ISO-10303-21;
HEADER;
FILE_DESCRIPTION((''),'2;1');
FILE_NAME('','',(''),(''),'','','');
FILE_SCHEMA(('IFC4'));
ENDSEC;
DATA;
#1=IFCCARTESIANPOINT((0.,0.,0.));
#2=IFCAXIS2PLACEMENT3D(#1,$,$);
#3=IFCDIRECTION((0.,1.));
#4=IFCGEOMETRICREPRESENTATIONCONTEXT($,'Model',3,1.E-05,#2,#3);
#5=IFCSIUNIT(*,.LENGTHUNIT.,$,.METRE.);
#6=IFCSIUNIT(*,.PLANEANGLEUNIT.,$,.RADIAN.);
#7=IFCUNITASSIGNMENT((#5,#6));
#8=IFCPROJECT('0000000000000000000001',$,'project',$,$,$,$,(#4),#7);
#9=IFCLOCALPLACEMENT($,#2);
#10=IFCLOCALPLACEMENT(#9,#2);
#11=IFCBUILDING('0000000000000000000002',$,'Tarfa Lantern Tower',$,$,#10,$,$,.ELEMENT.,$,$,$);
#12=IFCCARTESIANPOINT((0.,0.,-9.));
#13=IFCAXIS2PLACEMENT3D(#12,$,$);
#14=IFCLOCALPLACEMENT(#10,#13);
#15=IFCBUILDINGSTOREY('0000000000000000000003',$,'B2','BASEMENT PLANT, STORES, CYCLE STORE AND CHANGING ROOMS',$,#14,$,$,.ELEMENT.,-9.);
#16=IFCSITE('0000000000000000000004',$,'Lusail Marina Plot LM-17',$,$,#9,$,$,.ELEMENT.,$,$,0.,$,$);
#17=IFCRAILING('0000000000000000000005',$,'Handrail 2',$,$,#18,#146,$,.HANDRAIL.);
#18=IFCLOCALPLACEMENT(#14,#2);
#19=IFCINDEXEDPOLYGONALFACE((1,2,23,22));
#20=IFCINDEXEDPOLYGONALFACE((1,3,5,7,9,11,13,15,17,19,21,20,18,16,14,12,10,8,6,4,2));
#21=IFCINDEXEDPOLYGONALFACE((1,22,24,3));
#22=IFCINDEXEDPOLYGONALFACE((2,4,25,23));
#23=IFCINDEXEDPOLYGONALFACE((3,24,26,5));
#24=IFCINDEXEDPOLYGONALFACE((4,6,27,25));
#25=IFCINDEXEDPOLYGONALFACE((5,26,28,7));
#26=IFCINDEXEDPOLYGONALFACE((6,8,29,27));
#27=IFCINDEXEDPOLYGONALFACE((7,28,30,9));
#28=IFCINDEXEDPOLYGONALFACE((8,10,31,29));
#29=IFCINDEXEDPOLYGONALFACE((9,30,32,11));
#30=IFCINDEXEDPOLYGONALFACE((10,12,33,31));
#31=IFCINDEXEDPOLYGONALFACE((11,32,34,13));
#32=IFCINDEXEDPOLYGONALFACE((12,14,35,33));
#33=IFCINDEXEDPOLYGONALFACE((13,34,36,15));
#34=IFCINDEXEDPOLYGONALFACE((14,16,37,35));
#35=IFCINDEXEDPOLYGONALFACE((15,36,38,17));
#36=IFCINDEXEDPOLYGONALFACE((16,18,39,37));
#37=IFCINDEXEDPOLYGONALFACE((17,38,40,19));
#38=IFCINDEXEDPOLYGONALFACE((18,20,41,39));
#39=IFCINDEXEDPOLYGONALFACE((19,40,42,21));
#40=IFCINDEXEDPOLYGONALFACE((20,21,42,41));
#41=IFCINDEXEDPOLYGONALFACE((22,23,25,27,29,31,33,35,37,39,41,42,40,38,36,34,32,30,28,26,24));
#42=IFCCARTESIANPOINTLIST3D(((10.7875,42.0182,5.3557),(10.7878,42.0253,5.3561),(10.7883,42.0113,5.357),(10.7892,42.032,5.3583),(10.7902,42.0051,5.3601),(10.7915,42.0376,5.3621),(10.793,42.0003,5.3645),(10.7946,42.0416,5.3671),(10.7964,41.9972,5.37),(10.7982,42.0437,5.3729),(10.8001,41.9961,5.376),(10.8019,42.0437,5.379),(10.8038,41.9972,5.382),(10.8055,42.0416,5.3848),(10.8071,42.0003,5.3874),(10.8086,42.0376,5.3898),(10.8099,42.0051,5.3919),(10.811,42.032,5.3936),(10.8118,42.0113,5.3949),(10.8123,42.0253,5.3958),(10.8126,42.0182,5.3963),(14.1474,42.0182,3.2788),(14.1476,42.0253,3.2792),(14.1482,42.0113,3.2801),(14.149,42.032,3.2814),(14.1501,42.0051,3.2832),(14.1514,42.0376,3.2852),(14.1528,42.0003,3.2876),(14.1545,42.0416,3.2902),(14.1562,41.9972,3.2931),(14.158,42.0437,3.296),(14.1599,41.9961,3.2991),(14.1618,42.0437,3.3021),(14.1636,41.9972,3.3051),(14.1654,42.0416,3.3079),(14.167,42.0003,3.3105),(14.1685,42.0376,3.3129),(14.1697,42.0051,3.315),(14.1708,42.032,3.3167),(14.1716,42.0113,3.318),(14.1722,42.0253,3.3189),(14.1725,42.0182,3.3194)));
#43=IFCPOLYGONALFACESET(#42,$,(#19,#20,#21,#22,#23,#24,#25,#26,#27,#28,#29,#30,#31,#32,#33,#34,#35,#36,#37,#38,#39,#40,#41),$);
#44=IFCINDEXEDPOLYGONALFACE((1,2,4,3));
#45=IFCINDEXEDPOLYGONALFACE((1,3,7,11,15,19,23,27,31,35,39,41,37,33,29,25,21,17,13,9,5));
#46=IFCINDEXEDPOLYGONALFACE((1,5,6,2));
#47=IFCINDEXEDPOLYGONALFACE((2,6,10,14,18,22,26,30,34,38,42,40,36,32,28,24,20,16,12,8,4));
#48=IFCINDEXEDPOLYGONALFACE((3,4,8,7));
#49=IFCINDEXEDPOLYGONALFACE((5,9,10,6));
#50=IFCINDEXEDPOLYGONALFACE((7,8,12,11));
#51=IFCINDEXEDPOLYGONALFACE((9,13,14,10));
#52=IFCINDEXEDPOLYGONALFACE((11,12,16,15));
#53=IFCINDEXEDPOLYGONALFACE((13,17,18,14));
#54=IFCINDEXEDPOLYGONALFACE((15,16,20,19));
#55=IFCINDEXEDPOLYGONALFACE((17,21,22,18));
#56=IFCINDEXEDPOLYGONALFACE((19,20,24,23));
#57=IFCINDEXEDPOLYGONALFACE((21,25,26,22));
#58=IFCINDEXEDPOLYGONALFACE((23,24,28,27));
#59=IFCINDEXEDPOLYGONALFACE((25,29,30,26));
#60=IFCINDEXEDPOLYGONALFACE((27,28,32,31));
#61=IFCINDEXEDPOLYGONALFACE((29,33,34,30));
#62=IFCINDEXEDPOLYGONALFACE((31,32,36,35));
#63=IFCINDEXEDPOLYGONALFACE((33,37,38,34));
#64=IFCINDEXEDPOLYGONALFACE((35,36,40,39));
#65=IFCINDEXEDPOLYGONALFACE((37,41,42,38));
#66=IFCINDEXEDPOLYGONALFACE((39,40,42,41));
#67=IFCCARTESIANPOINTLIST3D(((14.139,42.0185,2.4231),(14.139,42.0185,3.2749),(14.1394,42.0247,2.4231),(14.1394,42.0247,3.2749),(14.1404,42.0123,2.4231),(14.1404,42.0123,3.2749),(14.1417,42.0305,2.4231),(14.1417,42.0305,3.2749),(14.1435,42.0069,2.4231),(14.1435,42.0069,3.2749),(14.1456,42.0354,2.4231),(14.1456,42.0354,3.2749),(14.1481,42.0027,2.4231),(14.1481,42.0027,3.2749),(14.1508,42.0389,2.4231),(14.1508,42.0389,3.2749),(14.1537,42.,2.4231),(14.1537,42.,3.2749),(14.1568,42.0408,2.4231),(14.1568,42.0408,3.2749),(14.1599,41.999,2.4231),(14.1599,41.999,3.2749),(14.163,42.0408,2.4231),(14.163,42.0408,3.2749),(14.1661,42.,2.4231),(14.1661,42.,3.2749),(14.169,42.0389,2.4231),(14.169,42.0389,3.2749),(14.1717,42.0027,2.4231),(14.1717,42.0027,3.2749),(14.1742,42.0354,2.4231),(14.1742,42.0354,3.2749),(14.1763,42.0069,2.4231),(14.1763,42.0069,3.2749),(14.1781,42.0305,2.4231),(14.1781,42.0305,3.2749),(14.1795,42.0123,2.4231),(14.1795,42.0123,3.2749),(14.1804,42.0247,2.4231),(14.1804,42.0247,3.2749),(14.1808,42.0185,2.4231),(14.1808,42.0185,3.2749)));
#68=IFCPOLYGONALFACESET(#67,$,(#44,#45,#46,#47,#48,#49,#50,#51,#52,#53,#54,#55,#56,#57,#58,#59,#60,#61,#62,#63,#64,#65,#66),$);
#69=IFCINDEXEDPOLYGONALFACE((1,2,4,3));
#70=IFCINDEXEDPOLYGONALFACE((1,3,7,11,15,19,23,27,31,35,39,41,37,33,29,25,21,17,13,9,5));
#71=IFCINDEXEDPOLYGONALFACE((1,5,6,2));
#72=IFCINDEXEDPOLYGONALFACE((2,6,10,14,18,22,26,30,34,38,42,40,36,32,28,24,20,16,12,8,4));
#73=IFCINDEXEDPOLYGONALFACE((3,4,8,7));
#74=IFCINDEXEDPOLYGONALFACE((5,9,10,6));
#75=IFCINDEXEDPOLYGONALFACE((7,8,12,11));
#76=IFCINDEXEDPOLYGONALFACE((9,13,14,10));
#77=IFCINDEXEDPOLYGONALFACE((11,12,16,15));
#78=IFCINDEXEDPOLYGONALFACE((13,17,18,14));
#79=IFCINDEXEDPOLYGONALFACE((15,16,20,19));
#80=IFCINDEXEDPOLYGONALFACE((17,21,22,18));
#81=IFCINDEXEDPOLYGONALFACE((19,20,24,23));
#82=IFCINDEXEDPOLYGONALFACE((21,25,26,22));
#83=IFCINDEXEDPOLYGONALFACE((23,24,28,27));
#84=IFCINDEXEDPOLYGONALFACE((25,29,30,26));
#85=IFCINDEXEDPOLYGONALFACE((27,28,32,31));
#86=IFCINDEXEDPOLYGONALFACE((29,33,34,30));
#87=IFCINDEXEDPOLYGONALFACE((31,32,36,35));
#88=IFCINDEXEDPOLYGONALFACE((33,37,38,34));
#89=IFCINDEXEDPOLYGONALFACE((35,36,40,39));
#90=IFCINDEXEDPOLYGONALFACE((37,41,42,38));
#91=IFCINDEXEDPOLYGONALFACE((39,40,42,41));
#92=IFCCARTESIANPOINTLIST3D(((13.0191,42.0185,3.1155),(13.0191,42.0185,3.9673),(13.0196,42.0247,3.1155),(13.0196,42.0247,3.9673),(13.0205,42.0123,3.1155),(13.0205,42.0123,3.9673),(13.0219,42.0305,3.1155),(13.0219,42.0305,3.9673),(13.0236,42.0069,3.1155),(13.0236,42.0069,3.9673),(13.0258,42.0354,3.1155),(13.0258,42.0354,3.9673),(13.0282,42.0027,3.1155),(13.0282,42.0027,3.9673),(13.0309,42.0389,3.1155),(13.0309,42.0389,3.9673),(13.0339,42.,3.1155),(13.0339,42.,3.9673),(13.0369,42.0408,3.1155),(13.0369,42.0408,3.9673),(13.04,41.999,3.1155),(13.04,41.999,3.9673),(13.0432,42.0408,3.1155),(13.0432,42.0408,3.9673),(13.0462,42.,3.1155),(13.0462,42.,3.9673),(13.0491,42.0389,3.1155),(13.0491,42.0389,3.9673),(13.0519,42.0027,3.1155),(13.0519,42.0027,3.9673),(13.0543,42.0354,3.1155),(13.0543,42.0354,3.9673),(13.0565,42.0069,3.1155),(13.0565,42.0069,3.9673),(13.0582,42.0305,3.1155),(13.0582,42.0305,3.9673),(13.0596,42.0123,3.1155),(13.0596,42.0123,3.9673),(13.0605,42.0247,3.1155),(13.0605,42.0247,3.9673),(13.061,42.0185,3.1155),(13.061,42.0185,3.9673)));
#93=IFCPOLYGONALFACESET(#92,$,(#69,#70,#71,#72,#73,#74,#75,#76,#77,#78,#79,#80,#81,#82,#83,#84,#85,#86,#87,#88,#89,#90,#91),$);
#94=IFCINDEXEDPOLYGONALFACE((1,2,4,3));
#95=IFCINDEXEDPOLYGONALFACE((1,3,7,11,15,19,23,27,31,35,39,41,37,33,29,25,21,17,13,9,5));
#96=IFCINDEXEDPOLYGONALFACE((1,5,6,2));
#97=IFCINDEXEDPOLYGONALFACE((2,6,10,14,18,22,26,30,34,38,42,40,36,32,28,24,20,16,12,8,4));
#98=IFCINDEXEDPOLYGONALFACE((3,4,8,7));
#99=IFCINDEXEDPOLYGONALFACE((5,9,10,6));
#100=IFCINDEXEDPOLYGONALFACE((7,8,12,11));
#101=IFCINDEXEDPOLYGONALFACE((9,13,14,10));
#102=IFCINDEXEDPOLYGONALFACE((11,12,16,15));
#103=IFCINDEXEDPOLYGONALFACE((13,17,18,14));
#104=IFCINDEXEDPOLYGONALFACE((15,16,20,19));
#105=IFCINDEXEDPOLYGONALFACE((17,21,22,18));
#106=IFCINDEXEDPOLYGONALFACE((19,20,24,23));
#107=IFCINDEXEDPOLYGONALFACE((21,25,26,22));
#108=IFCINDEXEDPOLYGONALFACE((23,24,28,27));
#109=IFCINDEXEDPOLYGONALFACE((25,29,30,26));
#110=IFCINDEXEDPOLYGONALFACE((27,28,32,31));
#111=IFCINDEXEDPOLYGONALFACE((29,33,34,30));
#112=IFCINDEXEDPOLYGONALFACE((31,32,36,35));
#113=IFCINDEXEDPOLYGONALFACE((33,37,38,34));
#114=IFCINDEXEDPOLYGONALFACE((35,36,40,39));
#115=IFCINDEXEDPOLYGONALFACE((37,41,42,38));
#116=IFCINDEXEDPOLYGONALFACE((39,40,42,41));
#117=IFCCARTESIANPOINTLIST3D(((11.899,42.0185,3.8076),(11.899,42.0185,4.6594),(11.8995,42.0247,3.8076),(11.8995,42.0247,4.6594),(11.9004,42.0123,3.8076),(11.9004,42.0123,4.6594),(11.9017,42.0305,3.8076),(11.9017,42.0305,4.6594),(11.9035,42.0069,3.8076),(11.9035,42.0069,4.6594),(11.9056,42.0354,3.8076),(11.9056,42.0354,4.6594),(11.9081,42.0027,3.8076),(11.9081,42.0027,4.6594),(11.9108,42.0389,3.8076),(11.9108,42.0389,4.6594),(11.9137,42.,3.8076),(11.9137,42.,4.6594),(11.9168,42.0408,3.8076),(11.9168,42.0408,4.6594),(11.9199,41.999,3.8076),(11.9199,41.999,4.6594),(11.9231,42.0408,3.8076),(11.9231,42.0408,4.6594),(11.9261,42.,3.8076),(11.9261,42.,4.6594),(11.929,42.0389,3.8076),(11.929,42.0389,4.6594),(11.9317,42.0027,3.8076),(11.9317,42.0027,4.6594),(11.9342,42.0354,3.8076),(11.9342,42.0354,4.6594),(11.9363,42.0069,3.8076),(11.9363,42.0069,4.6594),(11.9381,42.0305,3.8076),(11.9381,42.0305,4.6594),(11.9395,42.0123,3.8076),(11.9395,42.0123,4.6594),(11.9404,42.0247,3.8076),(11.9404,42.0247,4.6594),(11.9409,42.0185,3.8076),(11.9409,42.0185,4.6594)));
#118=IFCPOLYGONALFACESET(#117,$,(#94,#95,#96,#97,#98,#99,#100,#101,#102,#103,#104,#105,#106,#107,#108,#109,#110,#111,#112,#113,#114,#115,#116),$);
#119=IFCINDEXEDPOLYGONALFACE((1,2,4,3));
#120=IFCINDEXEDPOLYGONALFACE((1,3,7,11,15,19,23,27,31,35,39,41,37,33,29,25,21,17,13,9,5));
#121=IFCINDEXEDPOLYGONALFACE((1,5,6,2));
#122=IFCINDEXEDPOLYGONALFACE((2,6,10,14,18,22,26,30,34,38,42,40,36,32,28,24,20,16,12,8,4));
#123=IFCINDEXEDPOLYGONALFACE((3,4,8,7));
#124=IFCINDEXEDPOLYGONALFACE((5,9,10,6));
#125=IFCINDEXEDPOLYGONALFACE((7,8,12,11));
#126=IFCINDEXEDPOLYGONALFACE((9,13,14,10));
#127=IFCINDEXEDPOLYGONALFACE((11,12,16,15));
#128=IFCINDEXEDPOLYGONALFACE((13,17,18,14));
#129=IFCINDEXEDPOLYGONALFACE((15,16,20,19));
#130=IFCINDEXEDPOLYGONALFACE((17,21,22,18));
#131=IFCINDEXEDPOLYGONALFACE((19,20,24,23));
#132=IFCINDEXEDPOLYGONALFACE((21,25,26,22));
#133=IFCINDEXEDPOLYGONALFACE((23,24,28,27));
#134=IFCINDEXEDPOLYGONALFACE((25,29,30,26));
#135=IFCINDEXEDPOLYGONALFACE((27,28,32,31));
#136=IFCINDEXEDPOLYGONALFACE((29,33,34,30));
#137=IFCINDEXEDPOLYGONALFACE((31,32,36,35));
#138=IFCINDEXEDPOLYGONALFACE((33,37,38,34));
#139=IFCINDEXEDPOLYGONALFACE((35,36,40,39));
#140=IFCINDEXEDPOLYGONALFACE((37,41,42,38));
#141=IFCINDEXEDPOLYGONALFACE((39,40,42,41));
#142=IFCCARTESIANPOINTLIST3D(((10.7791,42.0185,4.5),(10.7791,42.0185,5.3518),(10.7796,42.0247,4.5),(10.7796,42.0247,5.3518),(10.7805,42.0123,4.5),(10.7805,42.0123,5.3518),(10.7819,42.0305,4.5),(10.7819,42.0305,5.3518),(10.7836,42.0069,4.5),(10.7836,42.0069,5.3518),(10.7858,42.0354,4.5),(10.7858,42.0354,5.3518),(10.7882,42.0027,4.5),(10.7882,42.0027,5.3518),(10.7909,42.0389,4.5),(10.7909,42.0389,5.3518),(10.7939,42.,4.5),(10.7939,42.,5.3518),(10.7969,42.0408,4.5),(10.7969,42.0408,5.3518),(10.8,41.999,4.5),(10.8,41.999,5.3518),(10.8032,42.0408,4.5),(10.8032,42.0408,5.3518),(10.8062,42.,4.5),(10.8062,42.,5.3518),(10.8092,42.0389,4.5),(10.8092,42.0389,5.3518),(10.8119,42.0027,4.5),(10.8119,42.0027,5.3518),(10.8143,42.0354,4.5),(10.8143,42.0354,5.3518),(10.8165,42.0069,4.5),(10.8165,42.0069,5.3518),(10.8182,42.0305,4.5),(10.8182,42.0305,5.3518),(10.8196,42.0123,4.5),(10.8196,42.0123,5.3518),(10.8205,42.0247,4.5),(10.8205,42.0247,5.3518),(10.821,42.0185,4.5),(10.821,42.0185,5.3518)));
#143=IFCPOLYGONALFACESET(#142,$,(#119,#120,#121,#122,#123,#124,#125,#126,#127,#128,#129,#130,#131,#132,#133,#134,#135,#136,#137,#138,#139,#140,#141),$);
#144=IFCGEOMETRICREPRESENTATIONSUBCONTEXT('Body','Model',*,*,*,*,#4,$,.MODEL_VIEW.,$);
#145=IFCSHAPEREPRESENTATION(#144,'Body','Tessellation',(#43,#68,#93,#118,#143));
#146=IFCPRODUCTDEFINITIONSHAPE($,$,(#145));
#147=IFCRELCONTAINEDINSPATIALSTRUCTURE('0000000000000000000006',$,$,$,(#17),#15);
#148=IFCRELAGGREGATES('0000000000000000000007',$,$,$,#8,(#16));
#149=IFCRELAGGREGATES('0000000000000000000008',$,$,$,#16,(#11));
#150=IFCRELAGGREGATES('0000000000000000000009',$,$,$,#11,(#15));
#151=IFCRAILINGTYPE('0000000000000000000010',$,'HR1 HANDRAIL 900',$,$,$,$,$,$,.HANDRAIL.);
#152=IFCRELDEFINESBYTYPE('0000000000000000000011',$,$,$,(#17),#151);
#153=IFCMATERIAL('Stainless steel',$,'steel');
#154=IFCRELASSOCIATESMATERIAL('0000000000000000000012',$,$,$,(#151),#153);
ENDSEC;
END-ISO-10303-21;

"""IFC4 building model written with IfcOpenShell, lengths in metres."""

from ifc_helpers import new_model, si_unit, direction, frame, origin, origin_2d, place, context, subcontext, project, spatial, circle, extrude, material, type_object, element, save


model = new_model("IFC4")

# Units and contexts
model_context = context("Model", 3, precision=1e-05, world=origin(), true_north=direction((0.0, 1.0)))
body_context = subcontext(model_context, "Body", "Model", "MODEL_VIEW")
ifc_project = project(units=[si_unit("LENGTHUNIT", "METRE"), si_unit("PLANEANGLEUNIT", "RADIAN")], contexts=[model_context])

# Site, building, storey
site_placement = place(None, origin())
site = spatial("IfcSite", under=ifc_project, at=site_placement, Name="Lusail Marina Plot LM-17", CompositionType="ELEMENT", RefElevation=0.0)
building_placement = place(site_placement, origin())
building = spatial("IfcBuilding", under=site, at=building_placement, Name="Tarfa Lantern Tower", CompositionType="ELEMENT")
storey_placement = place(building_placement, frame((0.0, 0.0, -9.0)))
storey = spatial("IfcBuildingStorey", under=building, at=storey_placement, Name="B2", Description="BASEMENT PLANT, STORES, CYCLE STORE AND CHANGING ROOMS", CompositionType="ELEMENT", Elevation=-9.0)

# Railing
ifc_material_1 = material(Name="Stainless steel", Category="steel")
railing_type = type_object("IfcRailingType", Name="HR1 HANDRAIL 900", PredefinedType="HANDRAIL", material=ifc_material_1)
railing_1_placement = place(storey_placement, frame((14.1599, 42.02, 2.4231)))
element("IfcRailing", 1, at=railing_1_placement, inside=storey, type_object=railing_type, Name="Handrail 2", PredefinedType="HANDRAIL", context=body_context, shape_type="SweptSolid", body=[
    extrude(circle(Radius=0.0239, at=origin_2d()), frame((0.0, 0.0, 0.876), z_axis=(-0.850606, 0.0, 0.525803), x_axis=(0.0, -1.0, 0.0)), (0.0, 0.0, 1.0), 3.95),
    extrude(circle(Radius=0.021, at=origin_2d()), frame((0.0, 0.0, 0.0), z_axis=(0.0, 0.0, 1.0), x_axis=(0.0, -1.0, 0.0)), (0.0, 0.0, 1.0), 0.8518),
    extrude(circle(Radius=0.021, at=origin_2d()), frame((-1.1199, 0.0, 0.6924), z_axis=(0.0, 0.0, 1.0), x_axis=(0.0, -1.0, 0.0)), (0.0, 0.0, 1.0), 0.8518),
    extrude(circle(Radius=0.021, at=origin_2d()), frame((-2.24, 0.0, 1.3845), z_axis=(0.0, 0.0, 1.0), x_axis=(0.0, -1.0, 0.0)), (0.0, 0.0, 1.0), 0.8518),
    extrude(circle(Radius=0.021, at=origin_2d()), frame((-3.3599, 0.0, 2.0769), z_axis=(0.0, 0.0, 1.0), x_axis=(0.0, -1.0, 0.0)), (0.0, 0.0, 1.0), 0.8518),
])

save(model, "model.ifc")
